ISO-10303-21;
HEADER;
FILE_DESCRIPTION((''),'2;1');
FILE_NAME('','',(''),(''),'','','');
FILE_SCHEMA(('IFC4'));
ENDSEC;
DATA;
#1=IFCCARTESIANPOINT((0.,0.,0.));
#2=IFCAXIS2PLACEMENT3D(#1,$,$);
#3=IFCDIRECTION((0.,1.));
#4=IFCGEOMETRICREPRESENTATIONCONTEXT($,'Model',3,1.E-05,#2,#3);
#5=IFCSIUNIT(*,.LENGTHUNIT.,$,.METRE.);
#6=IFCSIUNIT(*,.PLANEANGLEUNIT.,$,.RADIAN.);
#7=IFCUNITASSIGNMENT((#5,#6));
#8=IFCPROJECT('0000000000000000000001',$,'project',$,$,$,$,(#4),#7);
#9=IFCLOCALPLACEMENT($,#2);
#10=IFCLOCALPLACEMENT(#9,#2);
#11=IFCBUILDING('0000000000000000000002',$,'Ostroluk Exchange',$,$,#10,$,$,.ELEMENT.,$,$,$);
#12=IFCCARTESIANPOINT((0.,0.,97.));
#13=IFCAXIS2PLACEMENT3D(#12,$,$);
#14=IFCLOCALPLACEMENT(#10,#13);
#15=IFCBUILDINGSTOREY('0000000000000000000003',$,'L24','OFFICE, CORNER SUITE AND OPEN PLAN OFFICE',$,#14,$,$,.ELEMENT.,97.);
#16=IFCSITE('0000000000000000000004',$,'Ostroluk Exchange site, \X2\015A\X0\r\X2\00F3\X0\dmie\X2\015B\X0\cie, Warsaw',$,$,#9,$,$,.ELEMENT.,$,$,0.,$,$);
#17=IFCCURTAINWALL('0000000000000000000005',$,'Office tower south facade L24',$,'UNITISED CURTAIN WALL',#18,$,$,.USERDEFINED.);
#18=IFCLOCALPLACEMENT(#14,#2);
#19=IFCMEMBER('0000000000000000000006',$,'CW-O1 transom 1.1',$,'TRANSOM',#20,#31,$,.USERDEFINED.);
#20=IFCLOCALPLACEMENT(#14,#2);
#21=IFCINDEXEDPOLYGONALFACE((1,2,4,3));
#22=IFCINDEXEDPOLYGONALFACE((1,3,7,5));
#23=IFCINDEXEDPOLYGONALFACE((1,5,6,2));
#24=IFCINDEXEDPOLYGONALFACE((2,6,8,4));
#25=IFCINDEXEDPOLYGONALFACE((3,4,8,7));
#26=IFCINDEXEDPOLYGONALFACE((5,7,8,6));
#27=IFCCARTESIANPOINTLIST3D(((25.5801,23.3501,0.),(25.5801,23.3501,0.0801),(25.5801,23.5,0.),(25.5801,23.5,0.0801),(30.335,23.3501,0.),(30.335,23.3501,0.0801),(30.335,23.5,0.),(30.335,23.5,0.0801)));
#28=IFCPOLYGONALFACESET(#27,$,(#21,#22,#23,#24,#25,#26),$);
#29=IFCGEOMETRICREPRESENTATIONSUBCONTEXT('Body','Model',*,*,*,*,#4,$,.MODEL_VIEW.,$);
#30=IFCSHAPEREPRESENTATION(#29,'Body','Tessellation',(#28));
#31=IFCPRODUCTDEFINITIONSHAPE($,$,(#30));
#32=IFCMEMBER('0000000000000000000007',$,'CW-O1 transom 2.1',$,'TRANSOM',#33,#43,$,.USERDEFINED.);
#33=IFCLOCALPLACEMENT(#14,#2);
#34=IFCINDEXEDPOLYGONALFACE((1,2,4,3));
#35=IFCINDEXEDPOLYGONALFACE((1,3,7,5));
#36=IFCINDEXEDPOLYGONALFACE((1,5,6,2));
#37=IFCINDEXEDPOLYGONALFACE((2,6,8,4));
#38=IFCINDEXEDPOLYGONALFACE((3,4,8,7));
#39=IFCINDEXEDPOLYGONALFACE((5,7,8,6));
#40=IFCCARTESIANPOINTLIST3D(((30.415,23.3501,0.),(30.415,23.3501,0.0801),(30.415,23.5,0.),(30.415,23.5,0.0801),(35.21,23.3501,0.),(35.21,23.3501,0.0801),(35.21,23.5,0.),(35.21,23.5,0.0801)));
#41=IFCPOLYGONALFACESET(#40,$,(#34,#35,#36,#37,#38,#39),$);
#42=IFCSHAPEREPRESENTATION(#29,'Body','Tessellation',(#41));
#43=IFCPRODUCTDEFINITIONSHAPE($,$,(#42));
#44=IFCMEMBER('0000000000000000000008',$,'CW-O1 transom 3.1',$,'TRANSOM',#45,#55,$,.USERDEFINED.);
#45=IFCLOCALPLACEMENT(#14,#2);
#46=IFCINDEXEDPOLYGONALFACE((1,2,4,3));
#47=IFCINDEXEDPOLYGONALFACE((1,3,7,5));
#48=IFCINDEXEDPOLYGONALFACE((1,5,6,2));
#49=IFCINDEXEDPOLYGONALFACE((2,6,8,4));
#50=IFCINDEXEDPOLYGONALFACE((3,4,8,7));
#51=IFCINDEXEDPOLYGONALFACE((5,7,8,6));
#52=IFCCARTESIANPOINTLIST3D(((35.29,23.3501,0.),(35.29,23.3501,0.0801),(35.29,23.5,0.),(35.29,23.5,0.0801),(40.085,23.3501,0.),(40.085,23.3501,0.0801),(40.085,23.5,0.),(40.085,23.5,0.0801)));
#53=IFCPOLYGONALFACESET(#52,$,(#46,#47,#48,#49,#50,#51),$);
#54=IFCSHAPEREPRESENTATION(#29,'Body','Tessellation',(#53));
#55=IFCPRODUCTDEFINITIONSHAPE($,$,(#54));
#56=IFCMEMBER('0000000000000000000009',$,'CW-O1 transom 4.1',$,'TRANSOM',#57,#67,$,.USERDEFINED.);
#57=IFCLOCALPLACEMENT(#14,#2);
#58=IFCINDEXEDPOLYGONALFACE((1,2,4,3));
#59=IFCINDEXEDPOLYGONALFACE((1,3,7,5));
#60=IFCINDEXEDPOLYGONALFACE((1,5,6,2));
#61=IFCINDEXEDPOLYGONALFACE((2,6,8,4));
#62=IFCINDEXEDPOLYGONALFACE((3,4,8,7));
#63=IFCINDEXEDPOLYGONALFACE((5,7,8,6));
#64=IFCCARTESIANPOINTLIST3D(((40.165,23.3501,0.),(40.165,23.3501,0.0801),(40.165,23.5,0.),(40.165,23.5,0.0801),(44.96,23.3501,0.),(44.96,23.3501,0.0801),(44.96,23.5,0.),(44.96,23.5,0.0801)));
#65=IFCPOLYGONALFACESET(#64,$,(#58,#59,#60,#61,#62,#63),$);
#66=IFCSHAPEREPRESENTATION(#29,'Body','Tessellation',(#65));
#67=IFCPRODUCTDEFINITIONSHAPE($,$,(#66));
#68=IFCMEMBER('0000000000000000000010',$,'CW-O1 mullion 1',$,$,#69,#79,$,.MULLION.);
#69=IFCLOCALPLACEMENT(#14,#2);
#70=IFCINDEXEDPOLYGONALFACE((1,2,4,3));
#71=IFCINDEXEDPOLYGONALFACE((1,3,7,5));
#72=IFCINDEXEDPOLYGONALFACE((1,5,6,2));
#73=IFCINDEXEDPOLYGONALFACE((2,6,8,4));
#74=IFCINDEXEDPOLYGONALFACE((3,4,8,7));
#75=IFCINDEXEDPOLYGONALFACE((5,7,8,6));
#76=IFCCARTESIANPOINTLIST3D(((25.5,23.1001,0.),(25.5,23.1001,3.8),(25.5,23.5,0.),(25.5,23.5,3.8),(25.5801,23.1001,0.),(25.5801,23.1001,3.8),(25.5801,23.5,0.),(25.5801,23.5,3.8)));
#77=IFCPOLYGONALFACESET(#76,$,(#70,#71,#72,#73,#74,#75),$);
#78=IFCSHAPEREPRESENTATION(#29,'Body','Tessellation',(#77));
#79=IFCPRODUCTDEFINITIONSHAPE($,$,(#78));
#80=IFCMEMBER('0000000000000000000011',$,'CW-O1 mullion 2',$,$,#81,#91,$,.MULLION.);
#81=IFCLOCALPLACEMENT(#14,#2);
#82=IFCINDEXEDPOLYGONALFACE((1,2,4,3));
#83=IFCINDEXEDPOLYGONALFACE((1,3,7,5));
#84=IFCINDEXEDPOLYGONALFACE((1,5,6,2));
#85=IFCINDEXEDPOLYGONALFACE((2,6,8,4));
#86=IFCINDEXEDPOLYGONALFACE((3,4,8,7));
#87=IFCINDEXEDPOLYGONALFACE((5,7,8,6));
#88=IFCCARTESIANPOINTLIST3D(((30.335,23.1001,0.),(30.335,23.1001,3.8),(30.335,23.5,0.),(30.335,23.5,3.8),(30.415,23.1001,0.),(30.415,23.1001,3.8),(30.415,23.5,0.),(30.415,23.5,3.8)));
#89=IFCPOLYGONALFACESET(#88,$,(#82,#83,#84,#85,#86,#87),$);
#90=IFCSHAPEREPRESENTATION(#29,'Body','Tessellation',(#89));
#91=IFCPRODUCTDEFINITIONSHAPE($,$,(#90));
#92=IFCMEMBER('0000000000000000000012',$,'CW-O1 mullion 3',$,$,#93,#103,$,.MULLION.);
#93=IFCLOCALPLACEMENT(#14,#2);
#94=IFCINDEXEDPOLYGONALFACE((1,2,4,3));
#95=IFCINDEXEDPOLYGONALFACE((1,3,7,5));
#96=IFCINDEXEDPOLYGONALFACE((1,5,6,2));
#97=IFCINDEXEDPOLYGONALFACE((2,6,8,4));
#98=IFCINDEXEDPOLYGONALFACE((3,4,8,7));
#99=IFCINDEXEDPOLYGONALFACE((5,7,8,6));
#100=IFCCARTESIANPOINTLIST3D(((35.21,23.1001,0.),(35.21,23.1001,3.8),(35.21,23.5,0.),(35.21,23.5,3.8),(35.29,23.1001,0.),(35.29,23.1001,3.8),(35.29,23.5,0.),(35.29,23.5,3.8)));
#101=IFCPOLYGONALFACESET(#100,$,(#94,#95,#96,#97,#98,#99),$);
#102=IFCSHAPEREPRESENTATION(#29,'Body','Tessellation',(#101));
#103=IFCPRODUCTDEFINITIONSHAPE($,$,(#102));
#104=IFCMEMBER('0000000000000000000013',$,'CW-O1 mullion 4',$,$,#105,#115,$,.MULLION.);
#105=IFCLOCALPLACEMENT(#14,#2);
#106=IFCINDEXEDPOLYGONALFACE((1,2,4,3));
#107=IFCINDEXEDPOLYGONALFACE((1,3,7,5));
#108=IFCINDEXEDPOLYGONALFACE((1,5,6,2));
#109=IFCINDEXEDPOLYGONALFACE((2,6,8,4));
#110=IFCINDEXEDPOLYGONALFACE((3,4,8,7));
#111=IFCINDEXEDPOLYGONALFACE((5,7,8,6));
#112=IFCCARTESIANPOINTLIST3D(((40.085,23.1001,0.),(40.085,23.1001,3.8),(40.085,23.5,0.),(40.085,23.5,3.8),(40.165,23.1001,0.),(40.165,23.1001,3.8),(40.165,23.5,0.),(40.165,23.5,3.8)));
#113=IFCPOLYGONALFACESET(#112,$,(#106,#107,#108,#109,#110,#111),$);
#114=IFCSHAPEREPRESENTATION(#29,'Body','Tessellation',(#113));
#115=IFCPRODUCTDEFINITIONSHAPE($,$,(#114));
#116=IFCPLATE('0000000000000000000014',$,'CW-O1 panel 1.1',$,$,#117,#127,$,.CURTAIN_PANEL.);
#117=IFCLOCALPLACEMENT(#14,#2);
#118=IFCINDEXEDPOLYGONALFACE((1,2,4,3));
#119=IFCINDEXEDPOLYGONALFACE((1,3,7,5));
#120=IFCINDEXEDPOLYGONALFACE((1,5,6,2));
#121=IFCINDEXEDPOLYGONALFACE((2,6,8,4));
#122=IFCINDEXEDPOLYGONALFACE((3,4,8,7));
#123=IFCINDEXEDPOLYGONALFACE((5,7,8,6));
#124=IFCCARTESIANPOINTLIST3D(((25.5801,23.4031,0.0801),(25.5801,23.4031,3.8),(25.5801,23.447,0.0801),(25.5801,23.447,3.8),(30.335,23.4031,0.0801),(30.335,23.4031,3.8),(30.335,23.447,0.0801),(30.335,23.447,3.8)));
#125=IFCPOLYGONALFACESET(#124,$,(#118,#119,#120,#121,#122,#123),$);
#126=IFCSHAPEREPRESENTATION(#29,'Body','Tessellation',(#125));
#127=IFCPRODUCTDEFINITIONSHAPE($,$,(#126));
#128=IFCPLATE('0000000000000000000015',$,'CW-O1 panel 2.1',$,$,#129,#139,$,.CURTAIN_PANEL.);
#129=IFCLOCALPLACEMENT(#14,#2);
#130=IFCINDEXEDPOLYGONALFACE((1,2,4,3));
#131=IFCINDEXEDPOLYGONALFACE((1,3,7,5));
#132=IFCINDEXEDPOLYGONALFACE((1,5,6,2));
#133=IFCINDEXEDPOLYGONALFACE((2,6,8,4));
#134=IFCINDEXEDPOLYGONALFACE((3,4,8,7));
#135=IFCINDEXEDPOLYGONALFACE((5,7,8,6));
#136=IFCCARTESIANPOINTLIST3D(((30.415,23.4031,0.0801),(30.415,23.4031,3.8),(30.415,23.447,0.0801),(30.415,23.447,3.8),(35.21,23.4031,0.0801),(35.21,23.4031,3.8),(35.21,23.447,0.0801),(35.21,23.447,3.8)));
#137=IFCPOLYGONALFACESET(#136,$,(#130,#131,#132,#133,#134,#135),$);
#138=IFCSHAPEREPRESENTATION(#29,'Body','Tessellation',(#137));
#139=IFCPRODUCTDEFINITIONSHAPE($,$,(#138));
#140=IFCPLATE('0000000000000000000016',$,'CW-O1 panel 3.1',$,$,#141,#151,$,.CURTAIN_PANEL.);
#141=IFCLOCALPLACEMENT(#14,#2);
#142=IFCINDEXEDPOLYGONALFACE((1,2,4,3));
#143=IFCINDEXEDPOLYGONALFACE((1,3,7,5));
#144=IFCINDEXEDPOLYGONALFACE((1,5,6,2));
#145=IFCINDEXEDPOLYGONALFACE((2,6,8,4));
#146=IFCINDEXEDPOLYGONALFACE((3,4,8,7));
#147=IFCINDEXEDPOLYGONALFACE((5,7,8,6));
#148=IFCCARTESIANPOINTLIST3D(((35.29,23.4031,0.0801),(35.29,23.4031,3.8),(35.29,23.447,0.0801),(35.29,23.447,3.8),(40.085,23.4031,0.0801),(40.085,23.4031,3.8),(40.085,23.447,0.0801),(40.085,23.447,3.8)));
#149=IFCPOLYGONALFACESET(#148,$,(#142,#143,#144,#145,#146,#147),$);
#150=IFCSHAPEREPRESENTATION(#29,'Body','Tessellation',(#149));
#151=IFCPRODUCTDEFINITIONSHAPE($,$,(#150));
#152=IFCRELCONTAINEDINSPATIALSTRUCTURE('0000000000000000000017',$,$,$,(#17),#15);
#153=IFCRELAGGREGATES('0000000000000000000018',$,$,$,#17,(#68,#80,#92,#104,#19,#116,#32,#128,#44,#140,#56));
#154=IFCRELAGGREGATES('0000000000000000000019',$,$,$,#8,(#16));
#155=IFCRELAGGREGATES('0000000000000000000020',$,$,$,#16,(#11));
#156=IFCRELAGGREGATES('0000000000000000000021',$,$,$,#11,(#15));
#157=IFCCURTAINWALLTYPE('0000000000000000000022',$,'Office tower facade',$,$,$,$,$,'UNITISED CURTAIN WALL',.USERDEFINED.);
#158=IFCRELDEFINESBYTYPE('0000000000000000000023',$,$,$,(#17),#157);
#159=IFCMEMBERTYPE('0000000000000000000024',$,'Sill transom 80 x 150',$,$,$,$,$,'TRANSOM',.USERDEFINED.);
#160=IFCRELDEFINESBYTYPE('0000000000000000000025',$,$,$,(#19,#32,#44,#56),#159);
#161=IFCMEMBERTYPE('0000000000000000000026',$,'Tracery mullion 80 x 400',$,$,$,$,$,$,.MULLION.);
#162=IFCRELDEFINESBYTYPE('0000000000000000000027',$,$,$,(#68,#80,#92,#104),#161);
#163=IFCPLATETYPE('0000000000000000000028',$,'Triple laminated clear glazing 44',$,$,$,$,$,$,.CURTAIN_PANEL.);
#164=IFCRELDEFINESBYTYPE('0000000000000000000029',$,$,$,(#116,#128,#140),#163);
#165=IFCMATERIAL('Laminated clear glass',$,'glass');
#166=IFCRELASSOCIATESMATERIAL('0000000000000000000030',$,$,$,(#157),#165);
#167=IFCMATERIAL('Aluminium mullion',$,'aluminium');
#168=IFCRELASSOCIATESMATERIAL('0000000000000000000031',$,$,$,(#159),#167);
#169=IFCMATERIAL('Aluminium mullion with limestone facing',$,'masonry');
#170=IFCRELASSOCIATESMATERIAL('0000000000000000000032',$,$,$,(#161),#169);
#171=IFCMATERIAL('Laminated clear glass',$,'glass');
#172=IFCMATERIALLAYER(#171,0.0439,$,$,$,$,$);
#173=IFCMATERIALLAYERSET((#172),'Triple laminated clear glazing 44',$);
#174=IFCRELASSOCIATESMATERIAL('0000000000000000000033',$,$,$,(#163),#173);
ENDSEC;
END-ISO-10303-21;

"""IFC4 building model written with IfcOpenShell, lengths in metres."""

from ifc_helpers import new_model, si_unit, direction, frame, origin, origin_2d, place, context, subcontext, project, spatial, rectangle, extrude, material, layer, layer_set, material_profile, profile_set, type_object, element, aggregate, save


model = new_model("IFC4")

# Units and contexts
model_context = context("Model", 3, precision=1e-05, world=origin(), true_north=direction((0.0, 1.0)))
body_context = subcontext(model_context, "Body", "Model", "MODEL_VIEW")
ifc_project = project(units=[si_unit("LENGTHUNIT", "METRE"), si_unit("PLANEANGLEUNIT", "RADIAN")], contexts=[model_context])

# Site, building, storey
site_placement = place(None, origin())
site = spatial("IfcSite", under=ifc_project, at=site_placement, Name="Ostroluk Exchange site, Śródmieście, Warsaw", CompositionType="ELEMENT", RefElevation=0.0)
building_placement = place(site_placement, origin())
building = spatial("IfcBuilding", under=site, at=building_placement, Name="Ostroluk Exchange", CompositionType="ELEMENT")
storey_placement = place(building_placement, frame((0.0, 0.0, 97.0)))
storey = spatial("IfcBuildingStorey", under=building, at=storey_placement, Name="L24", Description="OFFICE, CORNER SUITE AND OPEN PLAN OFFICE", CompositionType="ELEMENT", Elevation=97.0)

# Curtain wall, members, plates
ifc_material_1 = material(Name="Laminated clear glass", Category="glass")
curtain_wall_type = type_object("IfcCurtainWallType", Name="Office tower facade", ElementType="UNITISED CURTAIN WALL", PredefinedType="USERDEFINED", material=ifc_material_1)
curtain_wall_placement = place(storey_placement, origin())
curtain_wall = element("IfcCurtainWall", 1, at=curtain_wall_placement, inside=storey, type_object=curtain_wall_type, Name="Office tower south facade L24", ObjectType="UNITISED CURTAIN WALL", PredefinedType="USERDEFINED")
ifc_material_2 = material(Name="Aluminium mullion", Category="aluminium")
ifc_material_profile_1 = material_profile(ifc_material_2, rectangle(XDim=0.1499, YDim=0.0801, at=origin_2d()), Name="Sill transom 80 x 150")
ifc_profile_set_1 = profile_set([ifc_material_profile_1], Name="Aluminium mullion")
member_type_1 = type_object("IfcMemberType", Name="Sill transom 80 x 150", ElementType="TRANSOM", PredefinedType="USERDEFINED", material=ifc_profile_set_1)
member_1_placement = place(storey_placement, frame((25.5801, 23.425, 0.04), z_axis=(1.0, 0.0, 0.0), x_axis=(0.0, 1.0, 0.0)))
member_1 = element("IfcMember", 2, at=member_1_placement, type_object=member_type_1, Name="CW-O1 transom 1.1", ObjectType="TRANSOM", PredefinedType="USERDEFINED", context=body_context, shape_type="SweptSolid", body=[
    extrude(rectangle(XDim=0.1499, YDim=0.0801, at=origin_2d()), origin(), (0.0, 0.0, 1.0), 4.7549),
])
member_2_placement = place(storey_placement, frame((30.415, 23.425, 0.04), z_axis=(1.0, 0.0, 0.0), x_axis=(0.0, 1.0, 0.0)))
member_2 = element("IfcMember", 3, at=member_2_placement, type_object=member_type_1, Name="CW-O1 transom 2.1", ObjectType="TRANSOM", PredefinedType="USERDEFINED", context=body_context, shape_type="SweptSolid", body=[
    extrude(rectangle(XDim=0.1499, YDim=0.0801, at=origin_2d()), origin(), (0.0, 0.0, 1.0), 4.7949),
])
member_3_placement = place(storey_placement, frame((35.29, 23.425, 0.04), z_axis=(1.0, 0.0, 0.0), x_axis=(0.0, 1.0, 0.0)))
member_3 = element("IfcMember", 4, at=member_3_placement, type_object=member_type_1, Name="CW-O1 transom 3.1", ObjectType="TRANSOM", PredefinedType="USERDEFINED", context=body_context, shape_type="SweptSolid", body=[
    extrude(rectangle(XDim=0.1499, YDim=0.0801, at=origin_2d()), origin(), (0.0, 0.0, 1.0), 4.7949),
])
member_4_placement = place(storey_placement, frame((40.165, 23.425, 0.04), z_axis=(1.0, 0.0, 0.0), x_axis=(0.0, 1.0, 0.0)))
member_4 = element("IfcMember", 5, at=member_4_placement, type_object=member_type_1, Name="CW-O1 transom 4.1", ObjectType="TRANSOM", PredefinedType="USERDEFINED", context=body_context, shape_type="SweptSolid", body=[
    extrude(rectangle(XDim=0.1499, YDim=0.0801, at=origin_2d()), origin(), (0.0, 0.0, 1.0), 4.7949),
])
ifc_material_3 = material(Name="Aluminium mullion with limestone facing", Category="masonry")
ifc_material_profile_2 = material_profile(ifc_material_3, rectangle(XDim=0.3999, YDim=0.0801, at=origin_2d()), Name="Tracery mullion 80 x 400")
ifc_profile_set_2 = profile_set([ifc_material_profile_2], Name="Aluminium mullion with limestone facing")
member_type_2 = type_object("IfcMemberType", Name="Tracery mullion 80 x 400", PredefinedType="MULLION", material=ifc_profile_set_2)
member_5_placement = place(storey_placement, frame((25.54, 23.3, 0.0), z_axis=(0.0, 0.0, 1.0), x_axis=(0.0, 1.0, 0.0)))
member_5 = element("IfcMember", 6, at=member_5_placement, type_object=member_type_2, Name="CW-O1 mullion 1", PredefinedType="MULLION", context=body_context, shape_type="SweptSolid", body=[
    extrude(rectangle(XDim=0.3999, YDim=0.0801, at=origin_2d()), origin(), (0.0, 0.0, 1.0), 3.8),
])
member_6_placement = place(storey_placement, frame((30.375, 23.3, 0.0), z_axis=(0.0, 0.0, 1.0), x_axis=(0.0, 1.0, 0.0)))
member_6 = element("IfcMember", 7, at=member_6_placement, type_object=member_type_2, Name="CW-O1 mullion 2", PredefinedType="MULLION", context=body_context, shape_type="SweptSolid", body=[
    extrude(rectangle(XDim=0.3999, YDim=0.0801, at=origin_2d()), origin(), (0.0, 0.0, 1.0), 3.8),
])
member_7_placement = place(storey_placement, frame((35.25, 23.3, 0.0), z_axis=(0.0, 0.0, 1.0), x_axis=(0.0, 1.0, 0.0)))
member_7 = element("IfcMember", 8, at=member_7_placement, type_object=member_type_2, Name="CW-O1 mullion 3", PredefinedType="MULLION", context=body_context, shape_type="SweptSolid", body=[
    extrude(rectangle(XDim=0.3999, YDim=0.0801, at=origin_2d()), origin(), (0.0, 0.0, 1.0), 3.8),
])
member_8_placement = place(storey_placement, frame((40.125, 23.3, 0.0), z_axis=(0.0, 0.0, 1.0), x_axis=(0.0, 1.0, 0.0)))
member_8 = element("IfcMember", 9, at=member_8_placement, type_object=member_type_2, Name="CW-O1 mullion 4", PredefinedType="MULLION", context=body_context, shape_type="SweptSolid", body=[
    extrude(rectangle(XDim=0.3999, YDim=0.0801, at=origin_2d()), origin(), (0.0, 0.0, 1.0), 3.8),
])
ifc_material_4 = material(Name="Laminated clear glass", Category="glass")
ifc_layer_1 = layer(ifc_material_4, 0.0439)
ifc_layer_set_1 = layer_set([ifc_layer_1], Name="Triple laminated clear glazing 44")
plate_type = type_object("IfcPlateType", Name="Triple laminated clear glazing 44", PredefinedType="CURTAIN_PANEL", material=ifc_layer_set_1)
plate_1_placement = place(storey_placement, frame((27.9575, 23.425, 0.0801), z_axis=(0.0, 0.0, 1.0), x_axis=(1.0, 0.0, 0.0)))
plate_1 = element("IfcPlate", 10, at=plate_1_placement, type_object=plate_type, Name="CW-O1 panel 1.1", PredefinedType="CURTAIN_PANEL", context=body_context, shape_type="SweptSolid", body=[
    extrude(rectangle(XDim=4.7549, YDim=0.0439, at=origin_2d()), origin(), (0.0, 0.0, 1.0), 3.72),
])
plate_2_placement = place(storey_placement, frame((32.8125, 23.425, 0.0801), z_axis=(0.0, 0.0, 1.0), x_axis=(1.0, 0.0, 0.0)))
plate_2 = element("IfcPlate", 11, at=plate_2_placement, type_object=plate_type, Name="CW-O1 panel 2.1", PredefinedType="CURTAIN_PANEL", context=body_context, shape_type="SweptSolid", body=[
    extrude(rectangle(XDim=4.7949, YDim=0.0439, at=origin_2d()), origin(), (0.0, 0.0, 1.0), 3.72),
])
plate_3_placement = place(storey_placement, frame((37.6875, 23.425, 0.0801), z_axis=(0.0, 0.0, 1.0), x_axis=(1.0, 0.0, 0.0)))
plate_3 = element("IfcPlate", 12, at=plate_3_placement, type_object=plate_type, Name="CW-O1 panel 3.1", PredefinedType="CURTAIN_PANEL", context=body_context, shape_type="SweptSolid", body=[
    extrude(rectangle(XDim=4.7949, YDim=0.0439, at=origin_2d()), origin(), (0.0, 0.0, 1.0), 3.72),
])
aggregate(curtain_wall, [member_5, member_6, member_7, member_8, member_1, plate_1, member_2, plate_2, member_3, plate_3, member_4])

save(model, "model.ifc")
